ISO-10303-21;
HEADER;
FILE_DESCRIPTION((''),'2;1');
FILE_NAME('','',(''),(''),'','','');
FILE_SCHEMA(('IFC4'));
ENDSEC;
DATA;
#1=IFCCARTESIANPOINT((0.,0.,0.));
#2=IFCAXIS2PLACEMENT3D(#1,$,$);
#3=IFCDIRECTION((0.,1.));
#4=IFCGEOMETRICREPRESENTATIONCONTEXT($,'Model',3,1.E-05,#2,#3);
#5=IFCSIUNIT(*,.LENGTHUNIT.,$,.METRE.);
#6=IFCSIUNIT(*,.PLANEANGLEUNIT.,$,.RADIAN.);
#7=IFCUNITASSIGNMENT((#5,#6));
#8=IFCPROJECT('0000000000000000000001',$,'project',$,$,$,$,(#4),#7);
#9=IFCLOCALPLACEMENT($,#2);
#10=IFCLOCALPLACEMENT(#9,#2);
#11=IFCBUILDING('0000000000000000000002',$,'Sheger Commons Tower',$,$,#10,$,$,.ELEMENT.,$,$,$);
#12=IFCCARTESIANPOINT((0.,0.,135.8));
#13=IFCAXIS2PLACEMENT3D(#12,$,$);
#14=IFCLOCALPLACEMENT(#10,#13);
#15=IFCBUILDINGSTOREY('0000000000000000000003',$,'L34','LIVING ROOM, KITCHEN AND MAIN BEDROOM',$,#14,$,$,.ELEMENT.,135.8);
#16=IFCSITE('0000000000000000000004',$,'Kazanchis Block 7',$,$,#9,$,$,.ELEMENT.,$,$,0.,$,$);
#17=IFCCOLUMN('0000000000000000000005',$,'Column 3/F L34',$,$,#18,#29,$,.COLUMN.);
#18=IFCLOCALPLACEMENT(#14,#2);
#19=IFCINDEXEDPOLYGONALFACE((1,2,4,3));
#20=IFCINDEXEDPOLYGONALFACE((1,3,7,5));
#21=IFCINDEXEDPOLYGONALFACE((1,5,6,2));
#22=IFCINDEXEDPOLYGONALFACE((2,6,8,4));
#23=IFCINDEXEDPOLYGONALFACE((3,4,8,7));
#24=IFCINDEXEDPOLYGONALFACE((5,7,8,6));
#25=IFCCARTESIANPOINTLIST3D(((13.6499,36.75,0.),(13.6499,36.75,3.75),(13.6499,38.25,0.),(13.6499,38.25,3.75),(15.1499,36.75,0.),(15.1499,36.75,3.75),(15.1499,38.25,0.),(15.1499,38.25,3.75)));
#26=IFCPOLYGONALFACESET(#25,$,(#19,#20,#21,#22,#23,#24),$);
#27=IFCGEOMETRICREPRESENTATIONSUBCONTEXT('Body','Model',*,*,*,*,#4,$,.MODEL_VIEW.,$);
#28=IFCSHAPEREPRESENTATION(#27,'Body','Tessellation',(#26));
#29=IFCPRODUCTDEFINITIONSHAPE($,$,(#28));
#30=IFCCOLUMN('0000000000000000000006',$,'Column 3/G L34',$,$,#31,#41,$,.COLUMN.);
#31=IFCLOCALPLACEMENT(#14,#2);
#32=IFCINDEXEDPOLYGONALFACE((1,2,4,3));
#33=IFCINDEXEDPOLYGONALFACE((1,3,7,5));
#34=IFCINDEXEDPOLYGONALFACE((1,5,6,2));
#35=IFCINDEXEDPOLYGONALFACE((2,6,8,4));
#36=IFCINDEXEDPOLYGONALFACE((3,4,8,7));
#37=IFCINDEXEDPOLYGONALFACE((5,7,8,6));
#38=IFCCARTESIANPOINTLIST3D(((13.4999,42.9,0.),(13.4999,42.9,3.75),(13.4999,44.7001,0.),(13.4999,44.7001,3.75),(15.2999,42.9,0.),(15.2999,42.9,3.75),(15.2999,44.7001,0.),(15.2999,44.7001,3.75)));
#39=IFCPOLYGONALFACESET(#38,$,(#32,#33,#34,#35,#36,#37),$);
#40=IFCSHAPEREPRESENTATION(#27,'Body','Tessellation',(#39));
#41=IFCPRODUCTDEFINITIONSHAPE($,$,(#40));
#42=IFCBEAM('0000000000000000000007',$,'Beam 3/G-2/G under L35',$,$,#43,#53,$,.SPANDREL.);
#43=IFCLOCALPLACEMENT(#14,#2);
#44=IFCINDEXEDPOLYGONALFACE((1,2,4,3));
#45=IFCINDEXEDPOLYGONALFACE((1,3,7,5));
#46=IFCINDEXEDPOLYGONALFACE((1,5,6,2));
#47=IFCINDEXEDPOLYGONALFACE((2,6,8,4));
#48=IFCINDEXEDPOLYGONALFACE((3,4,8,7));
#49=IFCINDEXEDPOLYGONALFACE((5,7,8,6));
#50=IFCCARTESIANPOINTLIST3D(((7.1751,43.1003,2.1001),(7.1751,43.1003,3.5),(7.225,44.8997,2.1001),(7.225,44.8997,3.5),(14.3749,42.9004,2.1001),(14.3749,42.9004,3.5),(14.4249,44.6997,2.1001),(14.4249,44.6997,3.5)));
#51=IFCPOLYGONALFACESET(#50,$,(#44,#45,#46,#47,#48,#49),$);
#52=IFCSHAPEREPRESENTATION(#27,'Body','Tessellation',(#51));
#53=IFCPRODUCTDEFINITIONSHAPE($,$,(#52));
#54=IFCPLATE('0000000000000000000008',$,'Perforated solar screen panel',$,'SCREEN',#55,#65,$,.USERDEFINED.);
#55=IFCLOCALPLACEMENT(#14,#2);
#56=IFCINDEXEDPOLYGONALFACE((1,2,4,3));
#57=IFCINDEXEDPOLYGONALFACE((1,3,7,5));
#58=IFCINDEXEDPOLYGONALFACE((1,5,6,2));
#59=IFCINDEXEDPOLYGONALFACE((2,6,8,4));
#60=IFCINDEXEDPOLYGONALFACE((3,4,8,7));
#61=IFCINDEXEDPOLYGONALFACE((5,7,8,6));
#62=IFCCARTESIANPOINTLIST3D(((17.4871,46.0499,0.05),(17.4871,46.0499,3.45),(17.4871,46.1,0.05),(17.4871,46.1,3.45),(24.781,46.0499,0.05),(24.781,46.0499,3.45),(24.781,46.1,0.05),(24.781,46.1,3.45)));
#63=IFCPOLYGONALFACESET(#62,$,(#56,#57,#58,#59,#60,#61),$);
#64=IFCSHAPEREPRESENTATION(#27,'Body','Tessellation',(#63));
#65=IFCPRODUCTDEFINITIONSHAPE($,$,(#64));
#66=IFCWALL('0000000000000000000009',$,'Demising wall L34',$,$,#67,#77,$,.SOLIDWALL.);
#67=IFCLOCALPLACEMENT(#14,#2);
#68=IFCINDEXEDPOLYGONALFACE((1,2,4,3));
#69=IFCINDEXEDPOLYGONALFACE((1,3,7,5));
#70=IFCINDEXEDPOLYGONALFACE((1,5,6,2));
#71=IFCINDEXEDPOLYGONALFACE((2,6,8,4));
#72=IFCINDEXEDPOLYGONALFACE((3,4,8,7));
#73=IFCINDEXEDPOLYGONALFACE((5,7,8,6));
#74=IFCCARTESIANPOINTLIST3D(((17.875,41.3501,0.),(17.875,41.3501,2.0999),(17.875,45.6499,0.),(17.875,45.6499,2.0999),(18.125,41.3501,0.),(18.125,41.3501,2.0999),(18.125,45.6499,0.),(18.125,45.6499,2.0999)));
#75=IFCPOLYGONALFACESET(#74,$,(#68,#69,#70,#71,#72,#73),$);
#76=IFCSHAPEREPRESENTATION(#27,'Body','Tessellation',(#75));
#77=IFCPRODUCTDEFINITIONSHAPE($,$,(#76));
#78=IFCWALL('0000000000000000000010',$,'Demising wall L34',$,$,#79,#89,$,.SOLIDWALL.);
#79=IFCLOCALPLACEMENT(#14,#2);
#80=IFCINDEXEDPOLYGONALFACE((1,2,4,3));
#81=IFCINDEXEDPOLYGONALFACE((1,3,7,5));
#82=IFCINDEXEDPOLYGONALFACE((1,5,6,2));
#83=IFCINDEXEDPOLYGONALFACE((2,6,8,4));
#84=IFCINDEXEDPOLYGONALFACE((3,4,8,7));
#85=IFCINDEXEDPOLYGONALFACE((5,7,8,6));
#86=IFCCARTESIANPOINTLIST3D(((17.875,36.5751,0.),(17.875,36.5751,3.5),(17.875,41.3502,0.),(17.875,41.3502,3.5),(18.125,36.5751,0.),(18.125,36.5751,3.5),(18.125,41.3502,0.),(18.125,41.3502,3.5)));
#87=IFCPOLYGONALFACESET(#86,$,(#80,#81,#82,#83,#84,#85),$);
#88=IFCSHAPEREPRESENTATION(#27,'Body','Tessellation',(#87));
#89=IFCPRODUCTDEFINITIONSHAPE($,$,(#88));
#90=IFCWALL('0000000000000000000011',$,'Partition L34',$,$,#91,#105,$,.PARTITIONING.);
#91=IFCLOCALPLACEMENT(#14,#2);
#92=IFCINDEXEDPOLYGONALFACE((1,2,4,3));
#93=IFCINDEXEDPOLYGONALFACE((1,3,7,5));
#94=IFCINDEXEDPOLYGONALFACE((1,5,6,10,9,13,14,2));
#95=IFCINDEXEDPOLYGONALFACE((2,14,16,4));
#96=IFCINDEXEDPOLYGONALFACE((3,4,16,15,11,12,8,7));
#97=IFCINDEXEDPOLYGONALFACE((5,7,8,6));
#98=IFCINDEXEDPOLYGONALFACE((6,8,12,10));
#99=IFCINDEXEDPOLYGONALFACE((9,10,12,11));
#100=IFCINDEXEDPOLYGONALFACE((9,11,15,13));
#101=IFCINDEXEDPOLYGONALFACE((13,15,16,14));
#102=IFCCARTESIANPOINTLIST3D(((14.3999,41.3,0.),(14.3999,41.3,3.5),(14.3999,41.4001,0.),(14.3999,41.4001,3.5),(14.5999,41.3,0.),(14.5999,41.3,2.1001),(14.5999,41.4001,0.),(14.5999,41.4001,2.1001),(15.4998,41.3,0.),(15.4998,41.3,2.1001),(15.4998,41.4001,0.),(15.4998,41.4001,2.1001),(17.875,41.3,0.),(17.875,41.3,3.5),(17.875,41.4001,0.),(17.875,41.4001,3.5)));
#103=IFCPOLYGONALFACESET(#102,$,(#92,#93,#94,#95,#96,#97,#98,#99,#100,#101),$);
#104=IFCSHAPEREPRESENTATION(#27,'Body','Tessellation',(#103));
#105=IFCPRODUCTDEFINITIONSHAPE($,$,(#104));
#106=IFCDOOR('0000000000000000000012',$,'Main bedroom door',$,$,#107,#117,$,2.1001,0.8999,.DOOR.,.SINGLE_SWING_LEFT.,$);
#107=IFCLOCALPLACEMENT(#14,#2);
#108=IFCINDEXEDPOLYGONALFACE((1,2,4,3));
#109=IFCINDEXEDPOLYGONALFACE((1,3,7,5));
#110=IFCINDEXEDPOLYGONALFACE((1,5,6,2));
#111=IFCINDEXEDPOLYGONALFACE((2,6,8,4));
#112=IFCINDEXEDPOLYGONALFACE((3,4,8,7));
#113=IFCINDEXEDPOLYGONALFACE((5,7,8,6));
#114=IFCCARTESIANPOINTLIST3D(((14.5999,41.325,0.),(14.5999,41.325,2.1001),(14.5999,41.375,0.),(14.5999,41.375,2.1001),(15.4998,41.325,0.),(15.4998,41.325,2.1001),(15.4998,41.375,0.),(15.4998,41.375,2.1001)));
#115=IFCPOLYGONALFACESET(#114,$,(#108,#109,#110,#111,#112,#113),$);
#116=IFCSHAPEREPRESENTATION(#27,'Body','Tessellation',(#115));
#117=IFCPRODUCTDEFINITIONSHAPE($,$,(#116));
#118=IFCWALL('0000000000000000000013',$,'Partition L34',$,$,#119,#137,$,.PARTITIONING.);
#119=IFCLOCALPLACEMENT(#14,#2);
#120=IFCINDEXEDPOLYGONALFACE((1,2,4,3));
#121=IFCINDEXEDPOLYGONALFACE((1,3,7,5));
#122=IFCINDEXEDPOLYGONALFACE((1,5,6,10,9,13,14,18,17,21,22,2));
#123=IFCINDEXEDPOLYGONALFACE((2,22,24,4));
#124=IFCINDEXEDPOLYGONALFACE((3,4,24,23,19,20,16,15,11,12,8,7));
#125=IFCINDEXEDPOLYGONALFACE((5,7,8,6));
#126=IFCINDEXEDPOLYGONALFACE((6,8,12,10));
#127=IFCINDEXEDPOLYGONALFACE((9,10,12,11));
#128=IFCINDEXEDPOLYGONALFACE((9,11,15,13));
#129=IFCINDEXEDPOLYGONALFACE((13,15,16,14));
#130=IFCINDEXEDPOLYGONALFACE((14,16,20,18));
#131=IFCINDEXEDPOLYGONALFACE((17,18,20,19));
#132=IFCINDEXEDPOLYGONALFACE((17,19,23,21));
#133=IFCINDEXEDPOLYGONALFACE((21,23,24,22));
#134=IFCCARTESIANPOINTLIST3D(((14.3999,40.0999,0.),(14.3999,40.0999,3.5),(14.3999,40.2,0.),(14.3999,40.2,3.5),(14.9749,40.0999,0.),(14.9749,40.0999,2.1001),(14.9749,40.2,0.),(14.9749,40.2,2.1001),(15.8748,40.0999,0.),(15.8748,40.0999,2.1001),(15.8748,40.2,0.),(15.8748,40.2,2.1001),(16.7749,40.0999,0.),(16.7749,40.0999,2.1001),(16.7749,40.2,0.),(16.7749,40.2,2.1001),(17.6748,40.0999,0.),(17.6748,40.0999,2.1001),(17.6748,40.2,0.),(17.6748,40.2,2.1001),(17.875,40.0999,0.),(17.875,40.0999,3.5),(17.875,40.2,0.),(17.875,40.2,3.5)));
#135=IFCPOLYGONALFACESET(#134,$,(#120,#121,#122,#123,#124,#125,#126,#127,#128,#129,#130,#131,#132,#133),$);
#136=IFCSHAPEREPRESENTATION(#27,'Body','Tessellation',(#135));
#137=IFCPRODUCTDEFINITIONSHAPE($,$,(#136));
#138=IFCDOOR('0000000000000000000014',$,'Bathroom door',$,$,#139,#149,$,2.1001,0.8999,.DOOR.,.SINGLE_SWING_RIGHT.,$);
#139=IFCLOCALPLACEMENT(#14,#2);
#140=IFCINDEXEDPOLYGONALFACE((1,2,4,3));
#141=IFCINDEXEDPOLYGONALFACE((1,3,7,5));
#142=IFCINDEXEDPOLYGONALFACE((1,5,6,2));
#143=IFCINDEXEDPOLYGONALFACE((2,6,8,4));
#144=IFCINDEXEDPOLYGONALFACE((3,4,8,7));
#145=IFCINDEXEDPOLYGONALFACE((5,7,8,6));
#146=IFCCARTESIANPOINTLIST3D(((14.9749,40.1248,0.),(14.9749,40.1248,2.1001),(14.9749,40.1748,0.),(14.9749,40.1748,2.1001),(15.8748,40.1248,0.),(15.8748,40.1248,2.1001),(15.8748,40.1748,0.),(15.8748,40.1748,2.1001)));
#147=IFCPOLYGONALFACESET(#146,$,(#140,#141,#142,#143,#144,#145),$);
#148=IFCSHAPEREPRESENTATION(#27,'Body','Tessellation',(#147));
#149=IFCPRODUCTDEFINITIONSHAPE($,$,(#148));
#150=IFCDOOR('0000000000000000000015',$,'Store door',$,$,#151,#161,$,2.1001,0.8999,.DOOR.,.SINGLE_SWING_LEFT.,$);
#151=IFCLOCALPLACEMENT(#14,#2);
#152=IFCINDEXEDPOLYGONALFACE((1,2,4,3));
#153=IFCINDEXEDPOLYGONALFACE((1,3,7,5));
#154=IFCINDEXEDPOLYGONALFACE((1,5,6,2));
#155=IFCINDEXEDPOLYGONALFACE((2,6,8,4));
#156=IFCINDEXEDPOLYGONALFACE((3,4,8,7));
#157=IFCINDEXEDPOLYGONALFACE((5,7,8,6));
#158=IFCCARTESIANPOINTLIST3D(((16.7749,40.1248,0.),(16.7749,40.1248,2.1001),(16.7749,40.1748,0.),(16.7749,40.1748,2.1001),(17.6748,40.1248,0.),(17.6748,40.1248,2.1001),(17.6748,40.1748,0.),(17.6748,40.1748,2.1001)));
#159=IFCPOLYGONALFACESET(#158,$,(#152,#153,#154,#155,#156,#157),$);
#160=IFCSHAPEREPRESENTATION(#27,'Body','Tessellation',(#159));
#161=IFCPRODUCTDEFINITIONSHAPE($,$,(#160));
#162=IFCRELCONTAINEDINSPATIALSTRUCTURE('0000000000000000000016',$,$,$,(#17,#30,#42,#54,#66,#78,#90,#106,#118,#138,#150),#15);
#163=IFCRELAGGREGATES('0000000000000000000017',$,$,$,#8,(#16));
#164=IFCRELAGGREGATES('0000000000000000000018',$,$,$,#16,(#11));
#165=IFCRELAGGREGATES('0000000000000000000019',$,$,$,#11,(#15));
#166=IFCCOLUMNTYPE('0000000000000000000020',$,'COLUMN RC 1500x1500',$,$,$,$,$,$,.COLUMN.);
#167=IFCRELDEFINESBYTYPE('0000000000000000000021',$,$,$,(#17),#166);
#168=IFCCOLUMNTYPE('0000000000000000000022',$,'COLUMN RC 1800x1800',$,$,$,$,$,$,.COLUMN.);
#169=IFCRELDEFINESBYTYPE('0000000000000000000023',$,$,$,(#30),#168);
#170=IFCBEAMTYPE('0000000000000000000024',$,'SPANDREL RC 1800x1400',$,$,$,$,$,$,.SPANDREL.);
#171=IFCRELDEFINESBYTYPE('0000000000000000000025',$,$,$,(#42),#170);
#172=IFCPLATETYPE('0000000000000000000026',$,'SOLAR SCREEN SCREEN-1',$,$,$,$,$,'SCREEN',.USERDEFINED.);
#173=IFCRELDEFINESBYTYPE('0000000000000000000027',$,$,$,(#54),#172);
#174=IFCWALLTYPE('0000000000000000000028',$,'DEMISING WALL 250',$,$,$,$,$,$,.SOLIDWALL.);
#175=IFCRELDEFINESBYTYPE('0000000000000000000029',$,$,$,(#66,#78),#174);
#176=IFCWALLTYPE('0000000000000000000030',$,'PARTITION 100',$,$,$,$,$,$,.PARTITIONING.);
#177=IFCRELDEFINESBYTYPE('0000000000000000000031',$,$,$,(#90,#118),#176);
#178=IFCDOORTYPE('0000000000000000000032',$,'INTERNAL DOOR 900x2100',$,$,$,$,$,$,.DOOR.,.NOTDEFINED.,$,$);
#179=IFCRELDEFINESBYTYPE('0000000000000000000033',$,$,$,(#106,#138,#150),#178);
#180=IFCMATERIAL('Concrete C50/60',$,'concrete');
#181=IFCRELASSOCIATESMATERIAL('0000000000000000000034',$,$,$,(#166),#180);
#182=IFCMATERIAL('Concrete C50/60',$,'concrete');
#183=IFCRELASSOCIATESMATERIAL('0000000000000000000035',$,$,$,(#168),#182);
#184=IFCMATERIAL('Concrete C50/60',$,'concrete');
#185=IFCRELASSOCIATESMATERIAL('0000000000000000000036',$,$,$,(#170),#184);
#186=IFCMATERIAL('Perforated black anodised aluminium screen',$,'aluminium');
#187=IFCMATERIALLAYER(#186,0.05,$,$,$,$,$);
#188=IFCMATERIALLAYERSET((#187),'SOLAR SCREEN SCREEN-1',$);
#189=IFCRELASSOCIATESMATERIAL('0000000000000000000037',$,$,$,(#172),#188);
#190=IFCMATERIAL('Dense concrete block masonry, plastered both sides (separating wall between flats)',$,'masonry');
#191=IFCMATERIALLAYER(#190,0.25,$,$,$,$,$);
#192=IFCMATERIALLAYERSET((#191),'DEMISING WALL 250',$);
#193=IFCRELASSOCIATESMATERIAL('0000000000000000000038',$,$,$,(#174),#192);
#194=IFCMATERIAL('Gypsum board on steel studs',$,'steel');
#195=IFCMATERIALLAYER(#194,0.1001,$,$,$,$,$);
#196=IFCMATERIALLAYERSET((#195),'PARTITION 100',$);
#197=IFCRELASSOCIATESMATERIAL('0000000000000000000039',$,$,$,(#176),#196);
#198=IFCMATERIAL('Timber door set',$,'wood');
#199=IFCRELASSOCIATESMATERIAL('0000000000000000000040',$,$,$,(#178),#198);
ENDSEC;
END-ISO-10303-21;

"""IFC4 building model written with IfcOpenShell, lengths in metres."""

from ifc_helpers import new_model, si_unit, direction, frame, frame_2d, origin, origin_2d, place, context, subcontext, project, spatial, rectangle, extrude, material, layer, layer_set, material_profile, profile_set, type_object, element, fill, save


model = new_model("IFC4")

# Units and contexts
model_context = context("Model", 3, precision=1e-05, world=origin(), true_north=direction((0.0, 1.0)))
body_context = subcontext(model_context, "Body", "Model", "MODEL_VIEW")
ifc_project = project(units=[si_unit("LENGTHUNIT", "METRE"), si_unit("PLANEANGLEUNIT", "RADIAN")], contexts=[model_context])

# Site, building, storey
site_placement = place(None, origin())
site = spatial("IfcSite", under=ifc_project, at=site_placement, Name="Kazanchis Block 7", CompositionType="ELEMENT", RefElevation=0.0)
building_placement = place(site_placement, origin())
building = spatial("IfcBuilding", under=site, at=building_placement, Name="Sheger Commons Tower", CompositionType="ELEMENT")
storey_placement = place(building_placement, frame((0.0, 0.0, 135.8)))
storey = spatial("IfcBuildingStorey", under=building, at=storey_placement, Name="L34", Description="LIVING ROOM, KITCHEN AND MAIN BEDROOM", CompositionType="ELEMENT", Elevation=135.8)

# Columns
ifc_material_1 = material(Name="Concrete C50/60", Category="concrete")
ifc_material_profile_1 = material_profile(ifc_material_1, rectangle(XDim=1.5, YDim=1.5, at=origin_2d()), Name="RC 1500x1500")
ifc_profile_set_1 = profile_set([ifc_material_profile_1], Name="Concrete C50/60")
column_type_1 = type_object("IfcColumnType", Name="COLUMN RC 1500x1500", PredefinedType="COLUMN", material=ifc_profile_set_1)
column_1_placement = place(storey_placement, frame((14.3999, 37.5, 0.0), z_axis=(0.0, 0.0, 1.0), x_axis=(1.0, 0.0, 0.0)))
element("IfcColumn", 1, at=column_1_placement, inside=storey, type_object=column_type_1, Name="Column 3/F L34", PredefinedType="COLUMN", context=body_context, shape_type="SweptSolid", body=[
    extrude(rectangle(XDim=1.5, YDim=1.5, at=origin_2d()), origin(), (0.0, 0.0, 1.0), 3.75),
])
ifc_material_2 = material(Name="Concrete C50/60", Category="concrete")
ifc_material_profile_2 = material_profile(ifc_material_2, rectangle(XDim=1.8, YDim=1.8, at=origin_2d()), Name="RC 1800x1800")
ifc_profile_set_2 = profile_set([ifc_material_profile_2], Name="Concrete C50/60")
column_type_2 = type_object("IfcColumnType", Name="COLUMN RC 1800x1800", PredefinedType="COLUMN", material=ifc_profile_set_2)
column_2_placement = place(storey_placement, frame((14.3999, 43.8, 0.0), z_axis=(0.0, 0.0, 1.0), x_axis=(1.0, 0.0, 0.0)))
element("IfcColumn", 2, at=column_2_placement, inside=storey, type_object=column_type_2, Name="Column 3/G L34", PredefinedType="COLUMN", context=body_context, shape_type="SweptSolid", body=[
    extrude(rectangle(XDim=1.8, YDim=1.8, at=origin_2d()), origin(), (0.0, 0.0, 1.0), 3.75),
])

# Beam
ifc_material_3 = material(Name="Concrete C50/60", Category="concrete")
ifc_material_profile_3 = material_profile(ifc_material_3, rectangle(XDim=1.8, YDim=1.3999, at=origin_2d()), Name="RC 1800x1400")
ifc_profile_set_3 = profile_set([ifc_material_profile_3], Name="Concrete C50/60")
beam_type = type_object("IfcBeamType", Name="SPANDREL RC 1800x1400", PredefinedType="SPANDREL", material=ifc_profile_set_3)
beam_placement = place(storey_placement, frame((14.3999, 43.8, 2.8), z_axis=(-0.999615, 0.02776, 0.0), x_axis=(-0.02776, -0.999615, 0.0)))
element("IfcBeam", 3, at=beam_placement, inside=storey, type_object=beam_type, Name="Beam 3/G-2/G under L35", PredefinedType="SPANDREL", context=body_context, shape_type="SweptSolid", body=[
    extrude(rectangle(XDim=1.8, YDim=1.3999, at=origin_2d()), origin(), (0.0, 0.0, 1.0), 7.2026),
])

# Plate
ifc_material_4 = material(Name="Perforated black anodised aluminium screen", Category="aluminium")
ifc_layer_1 = layer(ifc_material_4, 0.05)
ifc_layer_set_1 = layer_set([ifc_layer_1], Name="SOLAR SCREEN SCREEN-1")
plate_type = type_object("IfcPlateType", Name="SOLAR SCREEN SCREEN-1", ElementType="SCREEN", PredefinedType="USERDEFINED", material=ifc_layer_set_1)
plate_placement = place(storey_placement, frame((21.134, 46.075, 0.05), z_axis=(0.0, 0.0, 1.0), x_axis=(-1.0, 0.0, 0.0)))
element("IfcPlate", 4, at=plate_placement, inside=storey, type_object=plate_type, Name="Perforated solar screen panel", ObjectType="SCREEN", PredefinedType="USERDEFINED", context=body_context, shape_type="SweptSolid", body=[
    extrude(rectangle(XDim=7.2939, YDim=0.05, at=origin_2d()), origin(), (0.0, 0.0, 1.0), 3.3999),
])

# Walls
ifc_material_5 = material(Name="Dense concrete block masonry, plastered both sides (separating wall between flats)", Category="masonry")
ifc_layer_2 = layer(ifc_material_5, 0.25)
ifc_layer_set_2 = layer_set([ifc_layer_2], Name="DEMISING WALL 250")
wall_type_1 = type_object("IfcWallType", Name="DEMISING WALL 250", PredefinedType="SOLIDWALL", material=ifc_layer_set_2)
wall_1_placement = place(storey_placement, frame((18.0, 41.3501, 0.0), z_axis=(0.0, 0.0, 1.0), x_axis=(0.0, 1.0, 0.0)))
element("IfcWall", 5, at=wall_1_placement, inside=storey, type_object=wall_type_1, Name="Demising wall L34", PredefinedType="SOLIDWALL", context=body_context, shape_type="SweptSolid", body=[
    extrude(rectangle(XDim=4.2998, YDim=0.25, at=frame_2d((2.1499, 0.0))), origin(), (0.0, 0.0, 1.0), 2.0999),
])
wall_2_placement = place(storey_placement, frame((18.0, 36.575, 0.0), z_axis=(0.0, 0.0, 1.0), x_axis=(0.0, 1.0, 0.0)))
element("IfcWall", 6, at=wall_2_placement, inside=storey, type_object=wall_type_1, Name="Demising wall L34", PredefinedType="SOLIDWALL", context=body_context, shape_type="SweptSolid", body=[
    extrude(rectangle(XDim=4.7751, YDim=0.25, at=frame_2d((2.3877, 0.0))), origin(), (0.0, 0.0, 1.0), 3.5),
])

# Wall, opening, door
ifc_material_6 = material(Name="Gypsum board on steel studs", Category="steel")
ifc_layer_3 = layer(ifc_material_6, 0.1001)
ifc_layer_set_3 = layer_set([ifc_layer_3], Name="PARTITION 100")
wall_type_2 = type_object("IfcWallType", Name="PARTITION 100", PredefinedType="PARTITIONING", material=ifc_layer_set_3)
wall_3_placement = place(storey_placement, frame((14.3999, 41.3501, 0.0), z_axis=(0.0, 0.0, 1.0), x_axis=(1.0, 0.0, 0.0)))
wall_3 = element("IfcWall", 7, at=wall_3_placement, inside=storey, type_object=wall_type_2, Name="Partition L34", PredefinedType="PARTITIONING", context=body_context, shape_type="SweptSolid", body=[
    extrude(rectangle(XDim=3.4751, YDim=0.1001, at=frame_2d((1.7375, 0.0))), origin(), (0.0, 0.0, 1.0), 3.5),
])
opening_1_placement = place(wall_3_placement, frame((0.2, 0.0, 0.0)))
opening_1 = element("IfcOpeningElement", 8, at=opening_1_placement, cuts=wall_3, PredefinedType="OPENING", context=body_context, shape_type="SweptSolid", body=[
    extrude(rectangle(XDim=0.8999, YDim=2.1001, at=frame_2d((0.45, 1.05))), frame((0.0, 0.0601, 0.0), z_axis=(0.0, -1.0, 0.0), x_axis=(1.0, 0.0, 0.0)), (0.0, 0.0, 1.0), 0.1201),
])
ifc_material_7 = material(Name="Timber door set", Category="wood")
door_type = type_object("IfcDoorType", Name="INTERNAL DOOR 900x2100", OperationType="NOTDEFINED", PredefinedType="DOOR", material=ifc_material_7)
door_1_placement = place(opening_1_placement, origin())
door_1 = element("IfcDoor", 9, at=door_1_placement, inside=storey, type_object=door_type, Name="Main bedroom door", OperationType="SINGLE_SWING_LEFT", OverallHeight=2.1001, OverallWidth=0.8999, PredefinedType="DOOR", context=body_context, shape_type="SweptSolid", body=[
    extrude(rectangle(XDim=0.8999, YDim=2.1001, at=frame_2d((0.45, 1.05))), frame((0.0, 0.0249, 0.0), z_axis=(0.0, -1.0, 0.0), x_axis=(1.0, 0.0, 0.0)), (0.0, 0.0, 1.0), 0.05),
])
fill(opening_1, door_1)

# Wall, openings, doors
wall_4_placement = place(storey_placement, frame((14.3999, 40.1499, 0.0), z_axis=(0.0, 0.0, 1.0), x_axis=(1.0, 0.0, 0.0)))
wall_4 = element("IfcWall", 10, at=wall_4_placement, inside=storey, type_object=wall_type_2, Name="Partition L34", PredefinedType="PARTITIONING", context=body_context, shape_type="SweptSolid", body=[
    extrude(rectangle(XDim=3.4751, YDim=0.1001, at=frame_2d((1.7375, 0.0))), origin(), (0.0, 0.0, 1.0), 3.5),
])
opening_2_placement = place(wall_4_placement, frame((0.575, 0.0, 0.0)))
opening_2 = element("IfcOpeningElement", 11, at=opening_2_placement, cuts=wall_4, PredefinedType="OPENING", context=body_context, shape_type="SweptSolid", body=[
    extrude(rectangle(XDim=0.8999, YDim=2.1001, at=frame_2d((0.45, 1.05))), frame((0.0, 0.0601, 0.0), z_axis=(0.0, -1.0, 0.0), x_axis=(1.0, 0.0, 0.0)), (0.0, 0.0, 1.0), 0.1201),
])
opening_3_placement = place(wall_4_placement, frame((2.375, 0.0, 0.0)))
opening_3 = element("IfcOpeningElement", 12, at=opening_3_placement, cuts=wall_4, PredefinedType="OPENING", context=body_context, shape_type="SweptSolid", body=[
    extrude(rectangle(XDim=0.8999, YDim=2.1001, at=frame_2d((0.45, 1.05))), frame((0.0, 0.0601, 0.0), z_axis=(0.0, -1.0, 0.0), x_axis=(1.0, 0.0, 0.0)), (0.0, 0.0, 1.0), 0.1201),
])
door_2_placement = place(opening_2_placement, origin())
door_2 = element("IfcDoor", 13, at=door_2_placement, inside=storey, type_object=door_type, Name="Bathroom door", OperationType="SINGLE_SWING_RIGHT", OverallHeight=2.1001, OverallWidth=0.8999, PredefinedType="DOOR", context=body_context, shape_type="SweptSolid", body=[
    extrude(rectangle(XDim=0.8999, YDim=2.1001, at=frame_2d((0.45, 1.05))), frame((0.0, 0.0249, 0.0), z_axis=(0.0, -1.0, 0.0), x_axis=(1.0, 0.0, 0.0)), (0.0, 0.0, 1.0), 0.05),
])
fill(opening_2, door_2)
door_3_placement = place(opening_3_placement, origin())
door_3 = element("IfcDoor", 14, at=door_3_placement, inside=storey, type_object=door_type, Name="Store door", OperationType="SINGLE_SWING_LEFT", OverallHeight=2.1001, OverallWidth=0.8999, PredefinedType="DOOR", context=body_context, shape_type="SweptSolid", body=[
    extrude(rectangle(XDim=0.8999, YDim=2.1001, at=frame_2d((0.45, 1.05))), frame((0.0, 0.0249, 0.0), z_axis=(0.0, -1.0, 0.0), x_axis=(1.0, 0.0, 0.0)), (0.0, 0.0, 1.0), 0.05),
])
fill(opening_3, door_3)

save(model, "model.ifc")
